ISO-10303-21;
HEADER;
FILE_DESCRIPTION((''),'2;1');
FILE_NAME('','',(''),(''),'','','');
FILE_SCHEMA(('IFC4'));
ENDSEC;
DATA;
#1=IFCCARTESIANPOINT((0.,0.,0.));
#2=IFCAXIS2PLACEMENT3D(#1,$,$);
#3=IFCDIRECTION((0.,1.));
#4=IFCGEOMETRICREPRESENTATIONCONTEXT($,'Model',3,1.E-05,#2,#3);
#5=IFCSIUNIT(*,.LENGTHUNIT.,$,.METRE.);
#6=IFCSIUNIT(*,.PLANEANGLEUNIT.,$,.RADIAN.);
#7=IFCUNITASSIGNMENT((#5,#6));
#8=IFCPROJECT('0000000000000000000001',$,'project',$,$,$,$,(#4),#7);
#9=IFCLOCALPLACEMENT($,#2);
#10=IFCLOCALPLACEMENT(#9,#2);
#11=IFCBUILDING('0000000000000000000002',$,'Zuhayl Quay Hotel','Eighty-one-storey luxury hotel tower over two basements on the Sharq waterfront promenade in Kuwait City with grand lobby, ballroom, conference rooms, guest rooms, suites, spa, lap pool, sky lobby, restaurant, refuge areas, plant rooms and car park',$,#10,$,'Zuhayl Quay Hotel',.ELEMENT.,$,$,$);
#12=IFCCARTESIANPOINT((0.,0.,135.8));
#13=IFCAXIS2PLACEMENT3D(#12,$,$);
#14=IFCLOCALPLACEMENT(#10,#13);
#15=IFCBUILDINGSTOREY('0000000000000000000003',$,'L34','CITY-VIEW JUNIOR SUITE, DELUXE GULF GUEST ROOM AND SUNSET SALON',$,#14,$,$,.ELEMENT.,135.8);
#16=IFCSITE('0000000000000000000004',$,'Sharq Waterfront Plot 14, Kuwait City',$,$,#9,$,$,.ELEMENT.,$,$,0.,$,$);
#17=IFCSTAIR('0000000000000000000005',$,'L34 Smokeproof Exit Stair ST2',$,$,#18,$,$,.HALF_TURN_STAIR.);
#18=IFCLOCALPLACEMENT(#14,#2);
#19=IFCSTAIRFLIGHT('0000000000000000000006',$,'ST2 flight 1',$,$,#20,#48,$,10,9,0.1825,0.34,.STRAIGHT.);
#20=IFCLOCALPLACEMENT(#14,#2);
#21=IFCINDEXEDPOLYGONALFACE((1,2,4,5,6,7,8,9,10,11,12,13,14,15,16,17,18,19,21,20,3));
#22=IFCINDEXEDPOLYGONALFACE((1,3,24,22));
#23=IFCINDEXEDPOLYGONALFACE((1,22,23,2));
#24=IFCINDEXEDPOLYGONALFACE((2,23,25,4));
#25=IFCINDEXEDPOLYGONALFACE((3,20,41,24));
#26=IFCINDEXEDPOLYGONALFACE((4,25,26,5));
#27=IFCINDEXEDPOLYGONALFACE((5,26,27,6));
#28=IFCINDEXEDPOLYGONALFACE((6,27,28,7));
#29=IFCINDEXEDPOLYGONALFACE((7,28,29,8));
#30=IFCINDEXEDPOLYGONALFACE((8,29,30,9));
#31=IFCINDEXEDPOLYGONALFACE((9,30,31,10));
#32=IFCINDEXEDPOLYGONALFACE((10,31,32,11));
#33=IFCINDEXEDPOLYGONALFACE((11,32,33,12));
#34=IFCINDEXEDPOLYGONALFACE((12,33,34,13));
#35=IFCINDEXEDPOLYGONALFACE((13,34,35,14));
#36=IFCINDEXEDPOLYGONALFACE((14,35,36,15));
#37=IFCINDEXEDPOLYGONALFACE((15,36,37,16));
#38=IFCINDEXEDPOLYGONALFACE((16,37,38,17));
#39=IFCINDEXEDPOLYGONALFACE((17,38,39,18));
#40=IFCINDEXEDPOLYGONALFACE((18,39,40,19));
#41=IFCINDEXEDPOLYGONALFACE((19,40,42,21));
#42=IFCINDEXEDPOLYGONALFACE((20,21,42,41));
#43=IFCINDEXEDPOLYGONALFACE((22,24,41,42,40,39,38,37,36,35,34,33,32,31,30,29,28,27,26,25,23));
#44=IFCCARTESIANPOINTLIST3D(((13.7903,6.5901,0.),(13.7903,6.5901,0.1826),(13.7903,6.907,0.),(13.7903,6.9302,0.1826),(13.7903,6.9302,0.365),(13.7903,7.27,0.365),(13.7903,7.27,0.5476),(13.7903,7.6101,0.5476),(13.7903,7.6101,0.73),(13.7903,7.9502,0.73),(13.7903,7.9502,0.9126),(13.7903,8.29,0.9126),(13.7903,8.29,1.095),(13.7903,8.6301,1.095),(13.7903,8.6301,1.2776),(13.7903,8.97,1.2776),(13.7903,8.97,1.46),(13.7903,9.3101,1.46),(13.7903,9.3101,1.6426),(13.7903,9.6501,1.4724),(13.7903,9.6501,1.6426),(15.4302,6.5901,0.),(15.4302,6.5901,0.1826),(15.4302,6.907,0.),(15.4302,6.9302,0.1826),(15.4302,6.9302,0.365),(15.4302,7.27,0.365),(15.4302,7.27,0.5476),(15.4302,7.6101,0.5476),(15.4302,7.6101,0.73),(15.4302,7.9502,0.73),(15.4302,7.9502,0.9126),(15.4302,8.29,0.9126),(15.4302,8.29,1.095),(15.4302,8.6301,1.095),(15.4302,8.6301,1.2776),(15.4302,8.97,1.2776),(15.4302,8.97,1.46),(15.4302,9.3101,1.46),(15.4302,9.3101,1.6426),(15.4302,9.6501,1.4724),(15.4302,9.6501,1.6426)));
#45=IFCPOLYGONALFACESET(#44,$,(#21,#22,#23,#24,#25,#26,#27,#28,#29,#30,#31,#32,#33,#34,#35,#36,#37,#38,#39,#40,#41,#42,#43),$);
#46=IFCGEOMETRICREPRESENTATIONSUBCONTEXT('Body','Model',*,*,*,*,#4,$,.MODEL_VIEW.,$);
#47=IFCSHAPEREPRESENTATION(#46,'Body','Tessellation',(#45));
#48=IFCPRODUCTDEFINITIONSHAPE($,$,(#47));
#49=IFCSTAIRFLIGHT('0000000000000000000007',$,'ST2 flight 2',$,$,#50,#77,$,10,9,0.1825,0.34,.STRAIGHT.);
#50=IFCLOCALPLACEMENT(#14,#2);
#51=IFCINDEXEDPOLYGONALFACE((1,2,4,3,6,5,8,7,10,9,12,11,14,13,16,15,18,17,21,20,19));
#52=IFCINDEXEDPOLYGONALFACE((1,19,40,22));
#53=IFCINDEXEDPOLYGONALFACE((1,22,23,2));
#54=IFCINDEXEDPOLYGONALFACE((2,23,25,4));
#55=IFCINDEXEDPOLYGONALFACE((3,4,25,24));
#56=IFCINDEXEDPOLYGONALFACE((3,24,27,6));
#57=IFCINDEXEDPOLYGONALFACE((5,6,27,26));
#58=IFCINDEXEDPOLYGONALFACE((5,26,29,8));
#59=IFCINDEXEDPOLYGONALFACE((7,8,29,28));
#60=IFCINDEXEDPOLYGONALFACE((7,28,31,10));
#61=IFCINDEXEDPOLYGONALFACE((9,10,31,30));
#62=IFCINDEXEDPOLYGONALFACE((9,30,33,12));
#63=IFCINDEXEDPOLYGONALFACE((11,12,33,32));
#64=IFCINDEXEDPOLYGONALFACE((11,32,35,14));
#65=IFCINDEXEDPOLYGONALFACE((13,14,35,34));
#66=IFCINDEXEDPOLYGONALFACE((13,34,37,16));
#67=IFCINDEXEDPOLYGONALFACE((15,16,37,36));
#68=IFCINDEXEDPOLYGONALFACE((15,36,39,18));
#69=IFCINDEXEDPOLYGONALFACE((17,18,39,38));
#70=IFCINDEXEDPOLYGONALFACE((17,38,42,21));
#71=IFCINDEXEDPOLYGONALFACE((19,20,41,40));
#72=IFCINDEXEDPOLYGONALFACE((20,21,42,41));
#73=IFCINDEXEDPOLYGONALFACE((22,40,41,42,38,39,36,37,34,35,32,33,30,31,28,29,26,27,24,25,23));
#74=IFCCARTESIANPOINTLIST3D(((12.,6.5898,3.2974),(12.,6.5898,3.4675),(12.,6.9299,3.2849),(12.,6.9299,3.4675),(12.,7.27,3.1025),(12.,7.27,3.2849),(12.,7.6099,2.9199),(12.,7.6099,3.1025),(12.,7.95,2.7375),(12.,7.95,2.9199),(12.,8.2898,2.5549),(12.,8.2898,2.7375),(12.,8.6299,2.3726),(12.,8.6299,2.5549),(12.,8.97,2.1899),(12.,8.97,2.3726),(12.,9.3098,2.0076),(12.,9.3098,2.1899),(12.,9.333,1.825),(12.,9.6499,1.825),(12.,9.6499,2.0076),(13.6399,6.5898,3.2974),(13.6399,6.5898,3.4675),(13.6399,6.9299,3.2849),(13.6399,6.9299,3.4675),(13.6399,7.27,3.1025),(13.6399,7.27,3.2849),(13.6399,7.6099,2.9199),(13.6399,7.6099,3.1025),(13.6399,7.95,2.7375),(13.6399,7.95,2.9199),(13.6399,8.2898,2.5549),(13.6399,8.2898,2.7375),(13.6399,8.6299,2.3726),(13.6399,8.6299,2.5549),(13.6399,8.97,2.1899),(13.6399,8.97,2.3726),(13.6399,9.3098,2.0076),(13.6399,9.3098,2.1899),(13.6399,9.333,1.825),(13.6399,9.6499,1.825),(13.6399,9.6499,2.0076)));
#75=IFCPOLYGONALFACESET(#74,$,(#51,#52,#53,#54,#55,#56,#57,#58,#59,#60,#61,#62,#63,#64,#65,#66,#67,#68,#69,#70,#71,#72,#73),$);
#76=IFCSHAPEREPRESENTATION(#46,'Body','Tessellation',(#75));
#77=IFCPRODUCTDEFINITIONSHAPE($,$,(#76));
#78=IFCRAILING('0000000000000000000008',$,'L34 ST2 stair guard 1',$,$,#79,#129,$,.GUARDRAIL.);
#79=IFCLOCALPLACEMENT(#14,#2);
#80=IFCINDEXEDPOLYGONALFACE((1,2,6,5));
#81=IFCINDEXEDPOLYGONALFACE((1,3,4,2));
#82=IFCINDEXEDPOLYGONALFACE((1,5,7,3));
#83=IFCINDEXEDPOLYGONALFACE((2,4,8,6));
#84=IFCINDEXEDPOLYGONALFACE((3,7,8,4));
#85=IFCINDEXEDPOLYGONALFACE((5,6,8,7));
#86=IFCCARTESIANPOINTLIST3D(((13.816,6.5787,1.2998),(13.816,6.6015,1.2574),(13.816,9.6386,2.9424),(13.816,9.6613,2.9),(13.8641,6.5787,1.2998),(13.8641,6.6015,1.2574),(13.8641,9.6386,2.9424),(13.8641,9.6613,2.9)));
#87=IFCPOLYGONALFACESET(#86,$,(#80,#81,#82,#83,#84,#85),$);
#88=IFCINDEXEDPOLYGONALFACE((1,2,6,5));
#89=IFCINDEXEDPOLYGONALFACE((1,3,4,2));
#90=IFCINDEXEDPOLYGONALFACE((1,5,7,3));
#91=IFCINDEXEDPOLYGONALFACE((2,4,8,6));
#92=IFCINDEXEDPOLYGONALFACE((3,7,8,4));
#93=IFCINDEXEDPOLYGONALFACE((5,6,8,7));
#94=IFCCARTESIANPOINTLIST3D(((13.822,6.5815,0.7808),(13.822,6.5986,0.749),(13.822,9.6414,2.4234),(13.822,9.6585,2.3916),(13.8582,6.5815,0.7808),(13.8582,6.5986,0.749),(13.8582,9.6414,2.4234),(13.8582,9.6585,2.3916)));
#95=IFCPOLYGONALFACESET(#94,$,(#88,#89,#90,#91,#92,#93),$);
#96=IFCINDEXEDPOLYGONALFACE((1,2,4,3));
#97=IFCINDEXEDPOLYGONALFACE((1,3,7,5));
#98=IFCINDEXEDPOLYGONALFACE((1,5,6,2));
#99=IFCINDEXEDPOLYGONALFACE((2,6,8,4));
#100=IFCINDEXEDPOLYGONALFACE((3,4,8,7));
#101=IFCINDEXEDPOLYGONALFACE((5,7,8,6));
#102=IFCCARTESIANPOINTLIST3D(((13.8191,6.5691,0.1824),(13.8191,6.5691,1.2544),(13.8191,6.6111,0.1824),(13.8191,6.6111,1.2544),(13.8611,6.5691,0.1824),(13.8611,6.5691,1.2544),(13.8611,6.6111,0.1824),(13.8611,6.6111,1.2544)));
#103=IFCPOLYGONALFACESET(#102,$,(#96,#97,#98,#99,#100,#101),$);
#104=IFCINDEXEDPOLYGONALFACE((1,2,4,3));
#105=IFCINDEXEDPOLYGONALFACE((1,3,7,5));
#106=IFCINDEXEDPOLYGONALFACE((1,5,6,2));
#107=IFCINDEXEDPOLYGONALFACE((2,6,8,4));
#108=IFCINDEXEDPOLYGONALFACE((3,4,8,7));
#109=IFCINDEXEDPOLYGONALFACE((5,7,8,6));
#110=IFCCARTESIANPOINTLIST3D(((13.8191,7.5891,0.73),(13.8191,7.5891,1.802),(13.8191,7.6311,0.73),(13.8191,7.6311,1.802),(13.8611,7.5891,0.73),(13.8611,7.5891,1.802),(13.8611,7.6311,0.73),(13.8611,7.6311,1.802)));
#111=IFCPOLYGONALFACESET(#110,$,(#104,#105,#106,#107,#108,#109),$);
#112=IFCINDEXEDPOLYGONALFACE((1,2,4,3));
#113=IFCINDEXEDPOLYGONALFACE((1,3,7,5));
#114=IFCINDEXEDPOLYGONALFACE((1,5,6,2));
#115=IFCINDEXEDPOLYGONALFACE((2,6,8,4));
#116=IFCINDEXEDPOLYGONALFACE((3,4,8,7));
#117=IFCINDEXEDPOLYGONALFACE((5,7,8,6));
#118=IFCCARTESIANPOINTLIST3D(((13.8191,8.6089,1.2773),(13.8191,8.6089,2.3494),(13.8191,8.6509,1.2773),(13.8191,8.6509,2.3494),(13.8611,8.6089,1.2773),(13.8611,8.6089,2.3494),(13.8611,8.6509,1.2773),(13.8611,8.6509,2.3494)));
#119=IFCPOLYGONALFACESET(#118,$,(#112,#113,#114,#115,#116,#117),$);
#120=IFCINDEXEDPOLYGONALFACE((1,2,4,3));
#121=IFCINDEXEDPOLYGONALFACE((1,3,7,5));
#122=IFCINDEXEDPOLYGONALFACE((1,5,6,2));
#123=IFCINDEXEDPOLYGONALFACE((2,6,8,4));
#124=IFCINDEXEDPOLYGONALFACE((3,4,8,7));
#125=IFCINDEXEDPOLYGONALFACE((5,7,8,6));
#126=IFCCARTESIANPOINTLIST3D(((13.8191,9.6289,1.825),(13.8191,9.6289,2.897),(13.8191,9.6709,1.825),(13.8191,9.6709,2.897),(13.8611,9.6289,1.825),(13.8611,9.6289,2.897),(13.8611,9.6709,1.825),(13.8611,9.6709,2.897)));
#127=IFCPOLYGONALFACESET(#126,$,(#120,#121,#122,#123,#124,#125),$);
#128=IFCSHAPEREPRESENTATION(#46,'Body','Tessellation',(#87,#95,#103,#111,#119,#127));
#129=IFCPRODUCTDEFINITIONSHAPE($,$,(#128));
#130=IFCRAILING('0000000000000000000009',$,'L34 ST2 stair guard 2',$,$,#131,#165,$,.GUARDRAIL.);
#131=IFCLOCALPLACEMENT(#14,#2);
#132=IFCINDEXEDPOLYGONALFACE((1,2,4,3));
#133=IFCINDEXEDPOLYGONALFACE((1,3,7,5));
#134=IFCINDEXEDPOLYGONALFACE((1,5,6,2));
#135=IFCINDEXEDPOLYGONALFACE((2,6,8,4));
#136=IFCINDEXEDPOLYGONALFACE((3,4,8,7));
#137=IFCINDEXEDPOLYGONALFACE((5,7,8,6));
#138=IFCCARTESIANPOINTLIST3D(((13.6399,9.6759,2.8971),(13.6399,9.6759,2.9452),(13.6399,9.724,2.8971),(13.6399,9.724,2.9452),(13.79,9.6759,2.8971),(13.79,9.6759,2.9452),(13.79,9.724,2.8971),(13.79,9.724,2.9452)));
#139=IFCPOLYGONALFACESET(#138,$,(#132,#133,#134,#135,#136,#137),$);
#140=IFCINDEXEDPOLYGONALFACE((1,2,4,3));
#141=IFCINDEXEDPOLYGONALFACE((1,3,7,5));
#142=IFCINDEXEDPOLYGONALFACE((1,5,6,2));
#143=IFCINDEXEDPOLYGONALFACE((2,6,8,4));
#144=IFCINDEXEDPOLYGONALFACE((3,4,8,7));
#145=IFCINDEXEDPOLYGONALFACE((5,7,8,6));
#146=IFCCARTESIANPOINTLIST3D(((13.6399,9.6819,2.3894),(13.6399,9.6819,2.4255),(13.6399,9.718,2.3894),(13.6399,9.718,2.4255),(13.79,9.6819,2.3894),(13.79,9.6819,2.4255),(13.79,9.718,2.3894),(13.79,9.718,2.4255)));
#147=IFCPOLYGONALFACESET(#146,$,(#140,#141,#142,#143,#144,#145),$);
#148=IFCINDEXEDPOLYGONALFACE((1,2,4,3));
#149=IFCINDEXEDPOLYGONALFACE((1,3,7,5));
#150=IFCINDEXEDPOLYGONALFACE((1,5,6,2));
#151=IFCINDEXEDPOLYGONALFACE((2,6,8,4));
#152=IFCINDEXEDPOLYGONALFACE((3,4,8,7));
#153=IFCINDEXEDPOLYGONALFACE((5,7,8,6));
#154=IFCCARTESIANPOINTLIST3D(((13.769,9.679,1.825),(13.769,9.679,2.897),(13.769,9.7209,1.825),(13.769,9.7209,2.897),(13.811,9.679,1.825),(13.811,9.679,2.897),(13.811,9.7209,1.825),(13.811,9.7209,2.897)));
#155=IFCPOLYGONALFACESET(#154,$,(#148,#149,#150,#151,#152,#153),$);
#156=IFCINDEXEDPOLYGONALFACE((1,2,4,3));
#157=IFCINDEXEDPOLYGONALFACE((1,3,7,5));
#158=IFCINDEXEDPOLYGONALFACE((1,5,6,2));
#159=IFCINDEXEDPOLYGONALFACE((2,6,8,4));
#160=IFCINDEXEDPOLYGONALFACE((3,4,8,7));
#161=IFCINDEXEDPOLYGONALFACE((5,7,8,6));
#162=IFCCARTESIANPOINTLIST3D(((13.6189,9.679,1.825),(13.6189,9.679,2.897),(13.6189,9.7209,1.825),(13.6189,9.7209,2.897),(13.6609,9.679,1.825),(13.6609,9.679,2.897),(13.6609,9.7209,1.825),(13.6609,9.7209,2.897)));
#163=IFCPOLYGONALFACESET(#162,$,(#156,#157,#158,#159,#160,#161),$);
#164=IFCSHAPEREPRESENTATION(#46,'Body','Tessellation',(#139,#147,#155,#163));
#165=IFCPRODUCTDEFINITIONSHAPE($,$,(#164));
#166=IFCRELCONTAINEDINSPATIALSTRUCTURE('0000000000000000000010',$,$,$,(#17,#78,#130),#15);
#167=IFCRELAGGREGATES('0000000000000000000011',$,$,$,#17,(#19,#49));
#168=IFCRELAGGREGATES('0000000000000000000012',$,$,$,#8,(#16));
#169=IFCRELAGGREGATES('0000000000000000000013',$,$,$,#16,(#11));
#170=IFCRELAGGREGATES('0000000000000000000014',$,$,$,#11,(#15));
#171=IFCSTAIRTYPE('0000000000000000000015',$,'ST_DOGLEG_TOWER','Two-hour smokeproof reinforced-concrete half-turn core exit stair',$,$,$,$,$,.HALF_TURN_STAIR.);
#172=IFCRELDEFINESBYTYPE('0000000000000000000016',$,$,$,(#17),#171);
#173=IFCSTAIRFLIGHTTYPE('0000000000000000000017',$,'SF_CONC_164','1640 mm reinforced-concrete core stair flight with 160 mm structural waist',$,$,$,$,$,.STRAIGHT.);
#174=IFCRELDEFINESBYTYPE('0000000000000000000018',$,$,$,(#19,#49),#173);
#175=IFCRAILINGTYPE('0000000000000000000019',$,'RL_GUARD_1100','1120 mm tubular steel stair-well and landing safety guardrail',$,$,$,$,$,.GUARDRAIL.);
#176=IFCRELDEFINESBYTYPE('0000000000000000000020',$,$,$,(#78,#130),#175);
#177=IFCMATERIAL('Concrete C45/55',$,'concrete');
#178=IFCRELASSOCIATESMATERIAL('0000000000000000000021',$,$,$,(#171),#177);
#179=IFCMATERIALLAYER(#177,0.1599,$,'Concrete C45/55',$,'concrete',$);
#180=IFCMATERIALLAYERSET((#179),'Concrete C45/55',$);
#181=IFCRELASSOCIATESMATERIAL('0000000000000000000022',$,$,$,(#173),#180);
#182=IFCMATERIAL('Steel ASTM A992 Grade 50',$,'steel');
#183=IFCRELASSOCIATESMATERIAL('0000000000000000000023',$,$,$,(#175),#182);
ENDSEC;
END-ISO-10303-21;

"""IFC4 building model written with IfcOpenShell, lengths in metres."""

from ifc_helpers import new_model, si_unit, direction, frame, origin, origin_2d, place, context, subcontext, project, spatial, polyline, rectangle, outline, extrude, material, layer, layer_set, type_object, element, aggregate, save


model = new_model("IFC4")

# Units and contexts
model_context = context("Model", 3, precision=1e-05, world=origin(), true_north=direction((0.0, 1.0)))
body_context = subcontext(model_context, "Body", "Model", "MODEL_VIEW")
ifc_project = project(units=[si_unit("LENGTHUNIT", "METRE"), si_unit("PLANEANGLEUNIT", "RADIAN")], contexts=[model_context])

# Site, building, storey
site_placement = place(None, origin())
site = spatial("IfcSite", under=ifc_project, at=site_placement, Name="Sharq Waterfront Plot 14, Kuwait City", CompositionType="ELEMENT", RefElevation=0.0)
building_placement = place(site_placement, origin())
building = spatial("IfcBuilding", under=site, at=building_placement, Name="Zuhayl Quay Hotel", Description="Eighty-one-storey luxury hotel tower over two basements on the Sharq waterfront promenade in Kuwait City with grand lobby, ballroom, conference rooms, guest rooms, suites, spa, lap pool, sky lobby, restaurant, refuge areas, plant rooms and car park", LongName="Zuhayl Quay Hotel", CompositionType="ELEMENT")
storey_placement = place(building_placement, frame((0.0, 0.0, 135.8)))
storey = spatial("IfcBuildingStorey", under=building, at=storey_placement, Name="L34", Description="CITY-VIEW JUNIOR SUITE, DELUXE GULF GUEST ROOM AND SUNSET SALON", CompositionType="ELEMENT", Elevation=135.8)

# Shared definitions
ifc_material_1 = material(Name="Steel ASTM A992 Grade 50", Category="steel")

# Stair, stair flights
ifc_material_2 = material(Name="Concrete C45/55", Category="concrete")
stair_type = type_object("IfcStairType", Name="ST_DOGLEG_TOWER", Description="Two-hour smokeproof reinforced-concrete half-turn core exit stair", PredefinedType="HALF_TURN_STAIR", material=ifc_material_2)
stair_placement = place(storey_placement, origin())
stair = element("IfcStair", 1, at=stair_placement, inside=storey, type_object=stair_type, Name="L34 Smokeproof Exit Stair ST2", PredefinedType="HALF_TURN_STAIR")
ifc_layer_1 = layer(ifc_material_2, 0.1599, Name="Concrete C45/55", Category="concrete")
ifc_layer_set_1 = layer_set([ifc_layer_1], Name="Concrete C45/55")
stair_flight_type = type_object("IfcStairFlightType", Name="SF_CONC_164", Description="1640 mm reinforced-concrete core stair flight with 160 mm structural waist", PredefinedType="STRAIGHT", material=ifc_layer_set_1)
stair_flight_1_placement = place(storey_placement, frame((14.6101, 6.5901, 0.0), z_axis=(0.0, 0.0, 1.0), x_axis=(0.0, 1.0, 0.0)))
stair_flight_1 = element("IfcStairFlight", 2, at=stair_flight_1_placement, type_object=stair_flight_type, Name="ST2 flight 1", NumberOfRisers=10, NumberOfTreads=9, PredefinedType="STRAIGHT", RiserHeight=0.1825, TreadLength=0.34, context=body_context, shape_type="SweptSolid", body=[
    extrude(outline(polyline([(0.0, 0.0), (0.0, 0.1826), (0.3401, 0.1826), (0.3401, 0.365), (0.6799, 0.365), (0.6799, 0.5476), (1.02, 0.5476), (1.02, 0.73), (1.3601, 0.73), (1.3601, 0.9126), (1.7, 0.9126), (1.7, 1.095), (2.04, 1.095), (2.04, 1.2776), (2.3799, 1.2776), (2.3799, 1.46), (2.72, 1.46), (2.72, 1.6426), (3.0601, 1.6426), (3.0601, 1.825), (3.0601, 1.4724), (0.3169, 0.0), (0.0, 0.0)])), frame((0.0, 0.8198, 0.0), z_axis=(0.0, -1.0, 0.0), x_axis=(1.0, 0.0, 0.0)), (0.0, 0.0, 1.0), 1.6399),
])
stair_flight_2_placement = place(storey_placement, frame((12.8201, 9.6499, 1.825), z_axis=(0.0, 0.0, 1.0), x_axis=(0.0, -1.0, 0.0)))
stair_flight_2 = element("IfcStairFlight", 3, at=stair_flight_2_placement, type_object=stair_flight_type, Name="ST2 flight 2", NumberOfRisers=10, NumberOfTreads=9, PredefinedType="STRAIGHT", RiserHeight=0.1825, TreadLength=0.34, context=body_context, shape_type="SweptSolid", body=[
    extrude(outline(polyline([(0.0, 0.0), (0.0, 0.1826), (0.3401, 0.1826), (0.3401, 0.365), (0.6799, 0.365), (0.6799, 0.5476), (1.02, 0.5476), (1.02, 0.73), (1.3601, 0.73), (1.3601, 0.9126), (1.7, 0.9126), (1.7, 1.095), (2.04, 1.095), (2.04, 1.2776), (2.3799, 1.2776), (2.3799, 1.46), (2.72, 1.46), (2.72, 1.6426), (3.0601, 1.6426), (3.0601, 1.825), (3.0601, 1.4724), (0.3169, 0.0), (0.0, 0.0)])), frame((0.0, 0.8198, 0.0), z_axis=(0.0, -1.0, 0.0), x_axis=(1.0, 0.0, 0.0)), (0.0, 0.0, 1.0), 1.6399),
])
aggregate(stair, [stair_flight_1, stair_flight_2])

# Railings
railing_type_1 = type_object("IfcRailingType", Name="RL_GUARD_1100", Description="1120 mm tubular steel stair-well and landing safety guardrail", PredefinedType="GUARDRAIL", material=ifc_material_1)
railing_1_placement = place(storey_placement, frame((13.8401, 6.5901, 0.1824)))
element("IfcRailing", 4, at=railing_1_placement, inside=storey, type_object=railing_type_1, Name="L34 ST2 stair guard 1", PredefinedType="GUARDRAIL", context=body_context, shape_type="SweptSolid", body=[
    extrude(rectangle(XDim=0.0481, YDim=0.0481, at=origin_2d()), frame((0.0, 0.0, 1.0962), z_axis=(0.0, 0.881073, 0.47298), x_axis=(-1.0, 0.0, 0.0)), (0.0, 0.0, 1.0), 3.4729),
    extrude(rectangle(XDim=0.0361, YDim=0.0361, at=origin_2d()), frame((0.0, 0.0, 0.5825), z_axis=(0.0, 0.881073, 0.47298), x_axis=(-1.0, 0.0, 0.0)), (0.0, 0.0, 1.0), 3.4729),
    extrude(rectangle(XDim=0.042, YDim=0.042, at=origin_2d()), origin(), (0.0, 0.0, 1.0), 1.072),
    extrude(rectangle(XDim=0.042, YDim=0.042, at=origin_2d()), frame((0.0, 1.02, 0.5476)), (0.0, 0.0, 1.0), 1.072),
    extrude(rectangle(XDim=0.042, YDim=0.042, at=origin_2d()), frame((0.0, 2.0398, 1.095)), (0.0, 0.0, 1.0), 1.072),
    extrude(rectangle(XDim=0.042, YDim=0.042, at=origin_2d()), frame((0.0, 3.0598, 1.6426)), (0.0, 0.0, 1.0), 1.072),
])
railing_2_placement = place(storey_placement, frame((13.79, 9.7, 1.825)))
element("IfcRailing", 5, at=railing_2_placement, inside=storey, type_object=railing_type_1, Name="L34 ST2 stair guard 2", PredefinedType="GUARDRAIL", context=body_context, shape_type="SweptSolid", body=[
    extrude(rectangle(XDim=0.0481, YDim=0.0481, at=origin_2d()), frame((0.0, 0.0, 1.0962), z_axis=(-1.0, 0.0, 0.0), x_axis=(0.0, -1.0, 0.0)), (0.0, 0.0, 1.0), 0.1501),
    extrude(rectangle(XDim=0.0361, YDim=0.0361, at=origin_2d()), frame((0.0, 0.0, 0.5825), z_axis=(-1.0, 0.0, 0.0), x_axis=(0.0, -1.0, 0.0)), (0.0, 0.0, 1.0), 0.1501),
    extrude(rectangle(XDim=0.042, YDim=0.042, at=origin_2d()), origin(), (0.0, 0.0, 1.0), 1.072),
    extrude(rectangle(XDim=0.042, YDim=0.042, at=origin_2d()), frame((-0.1501, 0.0, 0.0)), (0.0, 0.0, 1.0), 1.072),
])

save(model, "model.ifc")
